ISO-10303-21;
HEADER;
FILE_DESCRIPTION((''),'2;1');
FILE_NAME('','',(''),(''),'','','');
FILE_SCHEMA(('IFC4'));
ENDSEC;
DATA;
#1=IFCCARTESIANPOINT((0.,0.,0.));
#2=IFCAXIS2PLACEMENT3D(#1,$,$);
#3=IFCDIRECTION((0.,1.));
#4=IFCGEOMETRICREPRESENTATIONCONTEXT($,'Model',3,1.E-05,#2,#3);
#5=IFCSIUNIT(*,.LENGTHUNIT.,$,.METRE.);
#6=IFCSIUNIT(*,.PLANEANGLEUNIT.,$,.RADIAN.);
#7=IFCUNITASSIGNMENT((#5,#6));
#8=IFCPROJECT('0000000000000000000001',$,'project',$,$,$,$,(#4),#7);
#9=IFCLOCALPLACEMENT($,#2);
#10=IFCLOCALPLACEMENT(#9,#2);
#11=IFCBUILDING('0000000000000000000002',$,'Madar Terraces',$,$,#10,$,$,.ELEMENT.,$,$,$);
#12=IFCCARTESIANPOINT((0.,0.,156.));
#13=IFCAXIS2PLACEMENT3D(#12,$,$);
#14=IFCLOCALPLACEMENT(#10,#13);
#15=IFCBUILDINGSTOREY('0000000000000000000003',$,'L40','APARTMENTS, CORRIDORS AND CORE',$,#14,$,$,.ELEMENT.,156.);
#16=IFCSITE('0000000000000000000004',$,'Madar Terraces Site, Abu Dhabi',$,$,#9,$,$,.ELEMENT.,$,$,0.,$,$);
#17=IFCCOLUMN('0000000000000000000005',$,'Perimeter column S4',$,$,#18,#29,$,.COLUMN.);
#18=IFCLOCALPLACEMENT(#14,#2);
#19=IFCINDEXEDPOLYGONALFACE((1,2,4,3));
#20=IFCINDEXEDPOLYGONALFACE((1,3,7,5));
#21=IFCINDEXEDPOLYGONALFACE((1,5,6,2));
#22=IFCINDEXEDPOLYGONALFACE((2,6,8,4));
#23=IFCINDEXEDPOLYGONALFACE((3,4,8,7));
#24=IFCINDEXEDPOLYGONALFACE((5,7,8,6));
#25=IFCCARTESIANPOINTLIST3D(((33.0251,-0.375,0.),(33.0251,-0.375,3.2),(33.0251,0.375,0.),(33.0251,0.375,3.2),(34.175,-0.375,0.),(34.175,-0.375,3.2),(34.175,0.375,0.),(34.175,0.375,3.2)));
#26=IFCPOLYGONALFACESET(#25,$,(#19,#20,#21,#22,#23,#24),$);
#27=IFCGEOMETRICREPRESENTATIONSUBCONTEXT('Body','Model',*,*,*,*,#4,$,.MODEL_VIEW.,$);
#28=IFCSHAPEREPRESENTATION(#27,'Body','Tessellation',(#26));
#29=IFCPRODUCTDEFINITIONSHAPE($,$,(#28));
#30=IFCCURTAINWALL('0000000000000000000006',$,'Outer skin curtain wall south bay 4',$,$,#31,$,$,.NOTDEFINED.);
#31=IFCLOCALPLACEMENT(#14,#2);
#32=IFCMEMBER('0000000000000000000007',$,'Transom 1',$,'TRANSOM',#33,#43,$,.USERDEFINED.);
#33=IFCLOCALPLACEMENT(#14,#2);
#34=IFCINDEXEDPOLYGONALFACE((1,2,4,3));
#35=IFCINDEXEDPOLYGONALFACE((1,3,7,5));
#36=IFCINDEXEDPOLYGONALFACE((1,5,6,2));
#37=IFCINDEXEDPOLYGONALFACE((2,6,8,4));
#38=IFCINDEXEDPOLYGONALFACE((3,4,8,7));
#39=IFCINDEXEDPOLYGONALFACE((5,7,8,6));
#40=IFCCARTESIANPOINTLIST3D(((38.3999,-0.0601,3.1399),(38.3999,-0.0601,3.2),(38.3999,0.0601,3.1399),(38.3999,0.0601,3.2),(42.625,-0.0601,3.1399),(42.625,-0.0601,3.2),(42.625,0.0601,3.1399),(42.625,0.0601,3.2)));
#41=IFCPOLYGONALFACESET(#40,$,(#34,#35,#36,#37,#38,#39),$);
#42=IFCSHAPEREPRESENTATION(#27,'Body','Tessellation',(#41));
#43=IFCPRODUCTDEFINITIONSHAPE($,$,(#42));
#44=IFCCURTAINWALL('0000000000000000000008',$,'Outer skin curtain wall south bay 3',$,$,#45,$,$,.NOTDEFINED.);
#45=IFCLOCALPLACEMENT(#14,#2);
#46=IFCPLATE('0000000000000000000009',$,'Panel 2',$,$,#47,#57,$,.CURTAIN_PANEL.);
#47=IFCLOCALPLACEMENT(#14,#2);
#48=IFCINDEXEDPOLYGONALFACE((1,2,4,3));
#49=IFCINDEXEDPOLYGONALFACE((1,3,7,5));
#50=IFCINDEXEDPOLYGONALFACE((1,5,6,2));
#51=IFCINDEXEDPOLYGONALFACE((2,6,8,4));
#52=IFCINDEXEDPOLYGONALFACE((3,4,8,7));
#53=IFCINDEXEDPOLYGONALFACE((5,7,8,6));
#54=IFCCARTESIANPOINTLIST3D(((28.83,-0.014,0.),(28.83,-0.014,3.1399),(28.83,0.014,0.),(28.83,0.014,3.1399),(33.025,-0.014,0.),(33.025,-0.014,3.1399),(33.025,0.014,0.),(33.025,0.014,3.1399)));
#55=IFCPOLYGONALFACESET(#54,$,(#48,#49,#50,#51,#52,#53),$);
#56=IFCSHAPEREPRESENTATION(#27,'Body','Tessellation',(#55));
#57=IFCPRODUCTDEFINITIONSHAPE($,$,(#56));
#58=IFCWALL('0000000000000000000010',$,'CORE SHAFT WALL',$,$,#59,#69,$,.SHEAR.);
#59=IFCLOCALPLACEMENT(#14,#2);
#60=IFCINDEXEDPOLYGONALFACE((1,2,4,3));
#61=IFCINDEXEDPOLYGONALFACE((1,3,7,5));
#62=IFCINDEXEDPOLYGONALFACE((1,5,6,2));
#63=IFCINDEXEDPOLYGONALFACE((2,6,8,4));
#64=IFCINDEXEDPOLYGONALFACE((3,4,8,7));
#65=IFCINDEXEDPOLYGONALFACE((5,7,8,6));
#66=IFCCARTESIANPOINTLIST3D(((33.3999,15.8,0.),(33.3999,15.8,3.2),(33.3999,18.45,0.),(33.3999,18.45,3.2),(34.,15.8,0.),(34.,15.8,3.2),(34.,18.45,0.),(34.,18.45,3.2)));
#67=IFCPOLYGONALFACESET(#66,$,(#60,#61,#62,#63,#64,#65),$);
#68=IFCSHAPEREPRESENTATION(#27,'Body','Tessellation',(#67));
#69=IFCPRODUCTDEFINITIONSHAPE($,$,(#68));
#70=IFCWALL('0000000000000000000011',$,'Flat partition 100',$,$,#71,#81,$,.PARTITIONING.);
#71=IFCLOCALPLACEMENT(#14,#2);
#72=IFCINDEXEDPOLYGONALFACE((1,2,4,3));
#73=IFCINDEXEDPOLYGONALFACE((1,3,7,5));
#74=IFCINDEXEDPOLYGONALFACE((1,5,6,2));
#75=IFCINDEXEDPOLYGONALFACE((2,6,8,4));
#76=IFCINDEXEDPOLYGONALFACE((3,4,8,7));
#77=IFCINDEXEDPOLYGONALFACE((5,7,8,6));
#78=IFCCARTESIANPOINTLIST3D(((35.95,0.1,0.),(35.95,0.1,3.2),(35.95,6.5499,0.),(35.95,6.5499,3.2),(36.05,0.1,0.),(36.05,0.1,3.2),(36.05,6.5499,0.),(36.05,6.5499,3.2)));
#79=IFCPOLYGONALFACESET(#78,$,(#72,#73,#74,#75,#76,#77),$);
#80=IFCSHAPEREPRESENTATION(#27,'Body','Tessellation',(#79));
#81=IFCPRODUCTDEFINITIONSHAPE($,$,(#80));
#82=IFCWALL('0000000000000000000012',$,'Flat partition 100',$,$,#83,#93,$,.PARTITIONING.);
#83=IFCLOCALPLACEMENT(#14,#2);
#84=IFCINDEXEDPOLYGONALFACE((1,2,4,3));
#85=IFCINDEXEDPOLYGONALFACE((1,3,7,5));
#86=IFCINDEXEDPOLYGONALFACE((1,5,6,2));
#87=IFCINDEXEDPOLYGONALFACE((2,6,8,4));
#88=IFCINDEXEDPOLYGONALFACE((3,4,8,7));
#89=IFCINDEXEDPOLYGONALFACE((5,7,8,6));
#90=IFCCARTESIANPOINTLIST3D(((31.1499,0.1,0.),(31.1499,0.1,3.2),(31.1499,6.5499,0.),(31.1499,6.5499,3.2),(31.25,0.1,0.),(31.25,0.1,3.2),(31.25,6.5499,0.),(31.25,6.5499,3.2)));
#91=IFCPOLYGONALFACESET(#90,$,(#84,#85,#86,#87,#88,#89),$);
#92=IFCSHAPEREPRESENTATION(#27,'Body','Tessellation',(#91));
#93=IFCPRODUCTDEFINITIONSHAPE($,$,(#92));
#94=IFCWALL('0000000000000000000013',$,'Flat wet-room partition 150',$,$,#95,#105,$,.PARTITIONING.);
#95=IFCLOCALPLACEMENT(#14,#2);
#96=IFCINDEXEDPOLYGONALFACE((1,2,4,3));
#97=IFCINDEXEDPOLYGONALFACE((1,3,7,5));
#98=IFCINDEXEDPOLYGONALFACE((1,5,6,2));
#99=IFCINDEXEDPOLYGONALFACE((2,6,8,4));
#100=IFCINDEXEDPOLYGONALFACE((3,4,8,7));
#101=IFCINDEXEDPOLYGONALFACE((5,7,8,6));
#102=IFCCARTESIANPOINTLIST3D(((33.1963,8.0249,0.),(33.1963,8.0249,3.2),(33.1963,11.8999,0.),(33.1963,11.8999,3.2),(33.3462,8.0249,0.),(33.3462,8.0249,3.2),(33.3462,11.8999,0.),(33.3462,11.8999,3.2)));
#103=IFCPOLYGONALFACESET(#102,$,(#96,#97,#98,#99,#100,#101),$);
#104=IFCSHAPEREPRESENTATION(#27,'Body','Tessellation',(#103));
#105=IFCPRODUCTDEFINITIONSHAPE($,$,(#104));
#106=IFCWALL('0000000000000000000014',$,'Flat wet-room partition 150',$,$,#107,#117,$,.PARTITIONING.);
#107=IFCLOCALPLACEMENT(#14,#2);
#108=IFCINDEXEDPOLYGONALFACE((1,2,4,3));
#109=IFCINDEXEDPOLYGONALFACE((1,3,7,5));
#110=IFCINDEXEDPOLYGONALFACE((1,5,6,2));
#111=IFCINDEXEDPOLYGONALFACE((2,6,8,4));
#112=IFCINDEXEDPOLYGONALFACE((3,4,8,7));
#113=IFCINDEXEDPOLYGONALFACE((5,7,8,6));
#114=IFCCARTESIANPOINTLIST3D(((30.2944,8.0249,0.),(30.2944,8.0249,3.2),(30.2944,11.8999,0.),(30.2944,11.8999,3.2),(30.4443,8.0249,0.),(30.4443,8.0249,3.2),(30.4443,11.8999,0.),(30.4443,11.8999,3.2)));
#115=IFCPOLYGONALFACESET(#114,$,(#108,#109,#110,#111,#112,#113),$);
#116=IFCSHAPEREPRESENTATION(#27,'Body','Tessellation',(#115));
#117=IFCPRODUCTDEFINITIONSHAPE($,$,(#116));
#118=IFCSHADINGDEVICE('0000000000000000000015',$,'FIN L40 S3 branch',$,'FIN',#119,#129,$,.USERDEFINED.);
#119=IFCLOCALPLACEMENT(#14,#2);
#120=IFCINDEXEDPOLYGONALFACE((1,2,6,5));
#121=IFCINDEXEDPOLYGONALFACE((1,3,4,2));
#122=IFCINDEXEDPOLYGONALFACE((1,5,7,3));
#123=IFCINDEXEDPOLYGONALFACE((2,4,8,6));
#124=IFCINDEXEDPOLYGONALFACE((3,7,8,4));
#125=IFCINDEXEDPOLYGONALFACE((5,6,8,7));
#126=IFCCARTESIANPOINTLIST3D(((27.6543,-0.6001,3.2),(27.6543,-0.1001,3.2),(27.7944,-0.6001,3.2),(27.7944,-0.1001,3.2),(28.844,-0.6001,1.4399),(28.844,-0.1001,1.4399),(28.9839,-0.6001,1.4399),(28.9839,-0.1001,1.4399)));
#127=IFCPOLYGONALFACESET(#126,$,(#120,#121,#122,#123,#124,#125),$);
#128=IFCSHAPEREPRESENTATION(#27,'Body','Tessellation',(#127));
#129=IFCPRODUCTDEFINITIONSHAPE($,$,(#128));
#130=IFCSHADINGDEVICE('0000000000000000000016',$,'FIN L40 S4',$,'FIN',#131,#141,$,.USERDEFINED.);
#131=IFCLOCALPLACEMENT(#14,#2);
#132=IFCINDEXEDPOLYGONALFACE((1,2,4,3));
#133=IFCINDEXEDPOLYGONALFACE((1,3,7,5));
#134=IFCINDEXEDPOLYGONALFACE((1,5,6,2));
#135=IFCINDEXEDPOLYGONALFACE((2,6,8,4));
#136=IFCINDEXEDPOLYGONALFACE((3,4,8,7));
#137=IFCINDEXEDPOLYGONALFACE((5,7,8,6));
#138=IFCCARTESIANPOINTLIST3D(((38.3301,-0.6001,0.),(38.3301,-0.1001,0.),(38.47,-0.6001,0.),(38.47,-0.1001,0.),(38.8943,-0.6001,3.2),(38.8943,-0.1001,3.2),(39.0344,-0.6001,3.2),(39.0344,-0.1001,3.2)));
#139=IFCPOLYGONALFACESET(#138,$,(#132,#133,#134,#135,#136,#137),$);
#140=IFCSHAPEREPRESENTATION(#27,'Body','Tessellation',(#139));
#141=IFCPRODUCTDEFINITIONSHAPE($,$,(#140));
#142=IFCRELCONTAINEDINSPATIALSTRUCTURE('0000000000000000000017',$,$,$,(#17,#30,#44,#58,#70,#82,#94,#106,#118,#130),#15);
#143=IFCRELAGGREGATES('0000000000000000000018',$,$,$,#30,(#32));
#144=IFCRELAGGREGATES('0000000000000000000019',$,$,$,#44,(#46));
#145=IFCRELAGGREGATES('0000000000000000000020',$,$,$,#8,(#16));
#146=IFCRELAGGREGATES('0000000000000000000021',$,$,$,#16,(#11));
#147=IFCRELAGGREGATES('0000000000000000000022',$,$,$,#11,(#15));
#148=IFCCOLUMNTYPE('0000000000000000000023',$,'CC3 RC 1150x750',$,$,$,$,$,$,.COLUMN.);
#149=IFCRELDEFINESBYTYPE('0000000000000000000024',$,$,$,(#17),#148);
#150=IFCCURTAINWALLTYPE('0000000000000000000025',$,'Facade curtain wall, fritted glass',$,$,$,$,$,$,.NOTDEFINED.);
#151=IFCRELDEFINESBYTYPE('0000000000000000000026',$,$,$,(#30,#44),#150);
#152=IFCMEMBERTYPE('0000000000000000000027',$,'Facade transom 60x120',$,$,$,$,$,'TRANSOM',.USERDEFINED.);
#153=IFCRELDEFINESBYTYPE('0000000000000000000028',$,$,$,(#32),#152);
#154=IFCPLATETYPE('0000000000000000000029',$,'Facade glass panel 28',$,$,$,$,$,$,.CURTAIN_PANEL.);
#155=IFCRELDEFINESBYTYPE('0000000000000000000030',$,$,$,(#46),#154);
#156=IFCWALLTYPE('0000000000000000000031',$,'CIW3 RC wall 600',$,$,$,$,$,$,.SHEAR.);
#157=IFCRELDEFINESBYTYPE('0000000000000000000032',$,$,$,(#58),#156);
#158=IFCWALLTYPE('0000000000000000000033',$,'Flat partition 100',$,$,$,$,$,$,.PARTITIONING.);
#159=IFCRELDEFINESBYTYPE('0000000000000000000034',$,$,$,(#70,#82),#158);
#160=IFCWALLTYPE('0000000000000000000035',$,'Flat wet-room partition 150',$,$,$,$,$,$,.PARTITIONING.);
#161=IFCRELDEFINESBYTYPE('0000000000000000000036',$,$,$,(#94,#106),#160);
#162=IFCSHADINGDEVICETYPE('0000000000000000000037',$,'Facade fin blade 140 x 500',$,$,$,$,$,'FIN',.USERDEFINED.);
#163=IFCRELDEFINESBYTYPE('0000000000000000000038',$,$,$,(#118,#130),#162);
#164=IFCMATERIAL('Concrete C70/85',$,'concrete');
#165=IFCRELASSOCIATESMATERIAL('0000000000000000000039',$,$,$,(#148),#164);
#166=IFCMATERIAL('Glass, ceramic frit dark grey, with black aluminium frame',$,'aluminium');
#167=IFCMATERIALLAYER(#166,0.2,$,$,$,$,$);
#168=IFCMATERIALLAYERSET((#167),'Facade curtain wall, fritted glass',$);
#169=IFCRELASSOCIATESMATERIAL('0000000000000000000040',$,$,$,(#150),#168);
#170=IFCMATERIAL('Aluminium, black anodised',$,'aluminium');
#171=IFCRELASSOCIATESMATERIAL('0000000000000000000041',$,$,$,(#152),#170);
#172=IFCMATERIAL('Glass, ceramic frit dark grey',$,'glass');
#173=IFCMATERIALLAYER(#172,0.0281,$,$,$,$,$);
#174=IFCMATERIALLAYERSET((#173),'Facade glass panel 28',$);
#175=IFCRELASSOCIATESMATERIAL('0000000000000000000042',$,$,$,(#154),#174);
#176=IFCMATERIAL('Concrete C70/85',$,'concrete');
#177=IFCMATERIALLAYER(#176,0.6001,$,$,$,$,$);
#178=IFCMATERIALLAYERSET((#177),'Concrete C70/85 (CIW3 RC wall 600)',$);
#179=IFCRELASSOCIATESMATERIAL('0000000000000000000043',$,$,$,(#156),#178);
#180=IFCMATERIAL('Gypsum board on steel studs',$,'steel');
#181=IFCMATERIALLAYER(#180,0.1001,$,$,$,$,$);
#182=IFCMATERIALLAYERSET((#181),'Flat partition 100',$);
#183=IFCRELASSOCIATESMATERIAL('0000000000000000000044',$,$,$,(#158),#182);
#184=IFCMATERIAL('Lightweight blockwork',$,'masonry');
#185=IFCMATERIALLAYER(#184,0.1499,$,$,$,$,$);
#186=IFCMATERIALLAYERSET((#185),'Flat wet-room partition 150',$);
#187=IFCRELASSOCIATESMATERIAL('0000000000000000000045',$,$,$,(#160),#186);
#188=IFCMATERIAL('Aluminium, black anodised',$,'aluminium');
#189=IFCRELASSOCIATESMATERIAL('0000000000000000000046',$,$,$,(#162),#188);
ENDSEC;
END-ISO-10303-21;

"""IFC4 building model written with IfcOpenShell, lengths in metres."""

from ifc_helpers import new_model, si_unit, direction, frame, frame_2d, origin, origin_2d, place, context, subcontext, project, spatial, polyline, rectangle, outline, extrude, material, layer, layer_set, material_profile, profile_set, type_object, element, aggregate, save


model = new_model("IFC4")

# Units and contexts
model_context = context("Model", 3, precision=1e-05, world=origin(), true_north=direction((0.0, 1.0)))
body_context = subcontext(model_context, "Body", "Model", "MODEL_VIEW")
ifc_project = project(units=[si_unit("LENGTHUNIT", "METRE"), si_unit("PLANEANGLEUNIT", "RADIAN")], contexts=[model_context])

# Site, building, storey
site_placement = place(None, origin())
site = spatial("IfcSite", under=ifc_project, at=site_placement, Name="Madar Terraces Site, Abu Dhabi", CompositionType="ELEMENT", RefElevation=0.0)
building_placement = place(site_placement, origin())
building = spatial("IfcBuilding", under=site, at=building_placement, Name="Madar Terraces", CompositionType="ELEMENT")
storey_placement = place(building_placement, frame((0.0, 0.0, 156.0)))
storey = spatial("IfcBuildingStorey", under=building, at=storey_placement, Name="L40", Description="APARTMENTS, CORRIDORS AND CORE", CompositionType="ELEMENT", Elevation=156.0)

# Column
ifc_material_1 = material(Name="Concrete C70/85", Category="concrete")
ifc_material_profile_1 = material_profile(ifc_material_1, rectangle(XDim=1.1499, YDim=0.75, at=origin_2d()), Name="CC3 RC 1150x750")
ifc_profile_set_1 = profile_set([ifc_material_profile_1], Name="Concrete C70/85")
column_type = type_object("IfcColumnType", Name="CC3 RC 1150x750", PredefinedType="COLUMN", material=ifc_profile_set_1)
column_placement = place(storey_placement, frame((33.6001, 0.0, 0.0), z_axis=(0.0, 0.0, 1.0), x_axis=(1.0, 0.0, 0.0)))
element("IfcColumn", 1, at=column_placement, inside=storey, type_object=column_type, Name="Perimeter column S4", PredefinedType="COLUMN", context=body_context, shape_type="SweptSolid", body=[
    extrude(rectangle(XDim=1.1499, YDim=0.75, at=origin_2d()), origin(), (0.0, 0.0, 1.0), 3.2),
])

# Curtain wall, member
ifc_material_2 = material(Name="Glass, ceramic frit dark grey, with black aluminium frame", Category="aluminium")
ifc_layer_1 = layer(ifc_material_2, 0.2)
ifc_layer_set_1 = layer_set([ifc_layer_1], Name="Facade curtain wall, fritted glass")
curtain_wall_type = type_object("IfcCurtainWallType", Name="Facade curtain wall, fritted glass", PredefinedType="NOTDEFINED", material=ifc_layer_set_1)
curtain_wall_1_placement = place(storey_placement, origin())
curtain_wall_1 = element("IfcCurtainWall", 2, at=curtain_wall_1_placement, inside=storey, type_object=curtain_wall_type, Name="Outer skin curtain wall south bay 4", PredefinedType="NOTDEFINED")
ifc_material_3 = material(Name="Aluminium, black anodised", Category="aluminium")
ifc_material_profile_2 = material_profile(ifc_material_3, rectangle(XDim=0.1201, YDim=0.0601, at=origin_2d()), Name="Facade transom 60x120")
ifc_profile_set_2 = profile_set([ifc_material_profile_2], Name="Aluminium, black anodised")
member_type = type_object("IfcMemberType", Name="Facade transom 60x120", ElementType="TRANSOM", PredefinedType="USERDEFINED", material=ifc_profile_set_2)
member_placement = place(storey_placement, frame((38.3999, 0.0, 3.1699), z_axis=(1.0, 0.0, 0.0), x_axis=(0.0, 1.0, 0.0)))
member = element("IfcMember", 3, at=member_placement, type_object=member_type, Name="Transom 1", ObjectType="TRANSOM", PredefinedType="USERDEFINED", context=body_context, shape_type="SweptSolid", body=[
    extrude(rectangle(XDim=0.1201, YDim=0.0601, at=origin_2d()), origin(), (0.0, 0.0, 1.0), 4.2251),
])
aggregate(curtain_wall_1, [member])

# Curtain wall, plate
curtain_wall_2_placement = place(storey_placement, origin())
curtain_wall_2 = element("IfcCurtainWall", 4, at=curtain_wall_2_placement, inside=storey, type_object=curtain_wall_type, Name="Outer skin curtain wall south bay 3", PredefinedType="NOTDEFINED")
ifc_material_4 = material(Name="Glass, ceramic frit dark grey", Category="glass")
ifc_layer_2 = layer(ifc_material_4, 0.0281)
ifc_layer_set_2 = layer_set([ifc_layer_2], Name="Facade glass panel 28")
plate_type = type_object("IfcPlateType", Name="Facade glass panel 28", PredefinedType="CURTAIN_PANEL", material=ifc_layer_set_2)
plate_placement = place(storey_placement, frame((30.9275, 0.0, 0.0), z_axis=(0.0, 0.0, 1.0), x_axis=(1.0, 0.0, 0.0)))
plate = element("IfcPlate", 5, at=plate_placement, type_object=plate_type, Name="Panel 2", PredefinedType="CURTAIN_PANEL", context=body_context, shape_type="SweptSolid", body=[
    extrude(rectangle(XDim=4.1951, YDim=0.0281, at=origin_2d()), origin(), (0.0, 0.0, 1.0), 3.1399),
])
aggregate(curtain_wall_2, [plate])

# Wall
ifc_material_5 = material(Name="Concrete C70/85", Category="concrete")
ifc_layer_3 = layer(ifc_material_5, 0.6001)
ifc_layer_set_3 = layer_set([ifc_layer_3], Name="Concrete C70/85 (CIW3 RC wall 600)")
wall_type_1 = type_object("IfcWallType", Name="CIW3 RC wall 600", PredefinedType="SHEAR", material=ifc_layer_set_3)
wall_1_placement = place(storey_placement, frame((33.7, 15.8, 0.0), z_axis=(0.0, 0.0, 1.0), x_axis=(0.0, 1.0, 0.0)))
element("IfcWall", 6, at=wall_1_placement, inside=storey, type_object=wall_type_1, Name="CORE SHAFT WALL", PredefinedType="SHEAR", context=body_context, shape_type="SweptSolid", body=[
    extrude(rectangle(XDim=2.6499, YDim=0.6001, at=frame_2d((1.325, 0.0))), origin(), (0.0, 0.0, 1.0), 3.2),
])

# Walls
ifc_material_6 = material(Name="Gypsum board on steel studs", Category="steel")
ifc_layer_4 = layer(ifc_material_6, 0.1001)
ifc_layer_set_4 = layer_set([ifc_layer_4], Name="Flat partition 100")
wall_type_2 = type_object("IfcWallType", Name="Flat partition 100", PredefinedType="PARTITIONING", material=ifc_layer_set_4)
for number, where, z_axis, x_axis, name in (
    (7, (36.0, 6.55, 0.0), (0.0, 0.0, 1.0), (0.0, -1.0, 0.0), "Flat partition 100"),
    (8, (31.2, 6.55, 0.0), (0.0, 0.0, 1.0), (0.0, -1.0, 0.0), "Flat partition 100"),
):
    element("IfcWall", number, at=place(storey_placement, frame(where, z_axis=z_axis, x_axis=x_axis)), inside=storey, type_object=wall_type_2, Name=name, PredefinedType="PARTITIONING", context=body_context, shape_type="SweptSolid", body=[
        extrude(rectangle(XDim=6.45, YDim=0.1001, at=frame_2d((3.2251, 0.0))), origin(), (0.0, 0.0, 1.0), 3.2),
    ])
ifc_material_7 = material(Name="Lightweight blockwork", Category="masonry")
ifc_layer_5 = layer(ifc_material_7, 0.1499)
ifc_layer_set_5 = layer_set([ifc_layer_5], Name="Flat wet-room partition 150")
wall_type_3 = type_object("IfcWallType", Name="Flat wet-room partition 150", PredefinedType="PARTITIONING", material=ifc_layer_set_5)
for number, where, z_axis, x_axis, name in (
    (9, (33.2712, 11.8999, 0.0), (0.0, 0.0, 1.0), (0.0, -1.0, 0.0), "Flat wet-room partition 150"),
    (10, (30.3694, 11.8999, 0.0), (0.0, 0.0, 1.0), (0.0, -1.0, 0.0), "Flat wet-room partition 150"),
):
    element("IfcWall", number, at=place(storey_placement, frame(where, z_axis=z_axis, x_axis=x_axis)), inside=storey, type_object=wall_type_3, Name=name, PredefinedType="PARTITIONING", context=body_context, shape_type="SweptSolid", body=[
        extrude(rectangle(XDim=3.875, YDim=0.1499, at=frame_2d((1.9375, 0.0))), origin(), (0.0, 0.0, 1.0), 3.2),
    ])

# Shading devices
ifc_material_8 = material(Name="Aluminium, black anodised", Category="aluminium")
shading_device_type = type_object("IfcShadingDeviceType", Name="Facade fin blade 140 x 500", ElementType="FIN", PredefinedType="USERDEFINED", material=ifc_material_8)
shading_device_1_placement = place(storey_placement, frame((28.844, -0.3501, 1.4399), z_axis=(0.0, 0.0, 1.0), x_axis=(1.0, 0.0, 0.0)))
element("IfcShadingDevice", 11, at=shading_device_1_placement, inside=storey, type_object=shading_device_type, Name="FIN L40 S3 branch", ObjectType="FIN", PredefinedType="USERDEFINED", context=body_context, shape_type="SweptSolid", body=[
    extrude(outline(polyline([(0.0, 0.0), (0.1399, 0.0), (-1.0496, 1.76), (-1.1897, 1.76), (0.0, 0.0)])), frame((0.0, 0.25, 0.0), z_axis=(0.0, -1.0, 0.0), x_axis=(1.0, 0.0, 0.0)), (0.0, 0.0, 1.0), 0.5),
])
shading_device_2_placement = place(storey_placement, frame((38.3301, -0.3501, 0.0), z_axis=(0.0, 0.0, 1.0), x_axis=(1.0, 0.0, 0.0)))
element("IfcShadingDevice", 12, at=shading_device_2_placement, inside=storey, type_object=shading_device_type, Name="FIN L40 S4", ObjectType="FIN", PredefinedType="USERDEFINED", context=body_context, shape_type="SweptSolid", body=[
    extrude(outline(polyline([(0.0, 0.0), (0.1399, 0.0), (0.7043, 3.2), (0.5642, 3.2), (0.0, 0.0)])), frame((0.0, 0.25, 0.0), z_axis=(0.0, -1.0, 0.0), x_axis=(1.0, 0.0, 0.0)), (0.0, 0.0, 1.0), 0.5),
])

save(model, "model.ifc")
